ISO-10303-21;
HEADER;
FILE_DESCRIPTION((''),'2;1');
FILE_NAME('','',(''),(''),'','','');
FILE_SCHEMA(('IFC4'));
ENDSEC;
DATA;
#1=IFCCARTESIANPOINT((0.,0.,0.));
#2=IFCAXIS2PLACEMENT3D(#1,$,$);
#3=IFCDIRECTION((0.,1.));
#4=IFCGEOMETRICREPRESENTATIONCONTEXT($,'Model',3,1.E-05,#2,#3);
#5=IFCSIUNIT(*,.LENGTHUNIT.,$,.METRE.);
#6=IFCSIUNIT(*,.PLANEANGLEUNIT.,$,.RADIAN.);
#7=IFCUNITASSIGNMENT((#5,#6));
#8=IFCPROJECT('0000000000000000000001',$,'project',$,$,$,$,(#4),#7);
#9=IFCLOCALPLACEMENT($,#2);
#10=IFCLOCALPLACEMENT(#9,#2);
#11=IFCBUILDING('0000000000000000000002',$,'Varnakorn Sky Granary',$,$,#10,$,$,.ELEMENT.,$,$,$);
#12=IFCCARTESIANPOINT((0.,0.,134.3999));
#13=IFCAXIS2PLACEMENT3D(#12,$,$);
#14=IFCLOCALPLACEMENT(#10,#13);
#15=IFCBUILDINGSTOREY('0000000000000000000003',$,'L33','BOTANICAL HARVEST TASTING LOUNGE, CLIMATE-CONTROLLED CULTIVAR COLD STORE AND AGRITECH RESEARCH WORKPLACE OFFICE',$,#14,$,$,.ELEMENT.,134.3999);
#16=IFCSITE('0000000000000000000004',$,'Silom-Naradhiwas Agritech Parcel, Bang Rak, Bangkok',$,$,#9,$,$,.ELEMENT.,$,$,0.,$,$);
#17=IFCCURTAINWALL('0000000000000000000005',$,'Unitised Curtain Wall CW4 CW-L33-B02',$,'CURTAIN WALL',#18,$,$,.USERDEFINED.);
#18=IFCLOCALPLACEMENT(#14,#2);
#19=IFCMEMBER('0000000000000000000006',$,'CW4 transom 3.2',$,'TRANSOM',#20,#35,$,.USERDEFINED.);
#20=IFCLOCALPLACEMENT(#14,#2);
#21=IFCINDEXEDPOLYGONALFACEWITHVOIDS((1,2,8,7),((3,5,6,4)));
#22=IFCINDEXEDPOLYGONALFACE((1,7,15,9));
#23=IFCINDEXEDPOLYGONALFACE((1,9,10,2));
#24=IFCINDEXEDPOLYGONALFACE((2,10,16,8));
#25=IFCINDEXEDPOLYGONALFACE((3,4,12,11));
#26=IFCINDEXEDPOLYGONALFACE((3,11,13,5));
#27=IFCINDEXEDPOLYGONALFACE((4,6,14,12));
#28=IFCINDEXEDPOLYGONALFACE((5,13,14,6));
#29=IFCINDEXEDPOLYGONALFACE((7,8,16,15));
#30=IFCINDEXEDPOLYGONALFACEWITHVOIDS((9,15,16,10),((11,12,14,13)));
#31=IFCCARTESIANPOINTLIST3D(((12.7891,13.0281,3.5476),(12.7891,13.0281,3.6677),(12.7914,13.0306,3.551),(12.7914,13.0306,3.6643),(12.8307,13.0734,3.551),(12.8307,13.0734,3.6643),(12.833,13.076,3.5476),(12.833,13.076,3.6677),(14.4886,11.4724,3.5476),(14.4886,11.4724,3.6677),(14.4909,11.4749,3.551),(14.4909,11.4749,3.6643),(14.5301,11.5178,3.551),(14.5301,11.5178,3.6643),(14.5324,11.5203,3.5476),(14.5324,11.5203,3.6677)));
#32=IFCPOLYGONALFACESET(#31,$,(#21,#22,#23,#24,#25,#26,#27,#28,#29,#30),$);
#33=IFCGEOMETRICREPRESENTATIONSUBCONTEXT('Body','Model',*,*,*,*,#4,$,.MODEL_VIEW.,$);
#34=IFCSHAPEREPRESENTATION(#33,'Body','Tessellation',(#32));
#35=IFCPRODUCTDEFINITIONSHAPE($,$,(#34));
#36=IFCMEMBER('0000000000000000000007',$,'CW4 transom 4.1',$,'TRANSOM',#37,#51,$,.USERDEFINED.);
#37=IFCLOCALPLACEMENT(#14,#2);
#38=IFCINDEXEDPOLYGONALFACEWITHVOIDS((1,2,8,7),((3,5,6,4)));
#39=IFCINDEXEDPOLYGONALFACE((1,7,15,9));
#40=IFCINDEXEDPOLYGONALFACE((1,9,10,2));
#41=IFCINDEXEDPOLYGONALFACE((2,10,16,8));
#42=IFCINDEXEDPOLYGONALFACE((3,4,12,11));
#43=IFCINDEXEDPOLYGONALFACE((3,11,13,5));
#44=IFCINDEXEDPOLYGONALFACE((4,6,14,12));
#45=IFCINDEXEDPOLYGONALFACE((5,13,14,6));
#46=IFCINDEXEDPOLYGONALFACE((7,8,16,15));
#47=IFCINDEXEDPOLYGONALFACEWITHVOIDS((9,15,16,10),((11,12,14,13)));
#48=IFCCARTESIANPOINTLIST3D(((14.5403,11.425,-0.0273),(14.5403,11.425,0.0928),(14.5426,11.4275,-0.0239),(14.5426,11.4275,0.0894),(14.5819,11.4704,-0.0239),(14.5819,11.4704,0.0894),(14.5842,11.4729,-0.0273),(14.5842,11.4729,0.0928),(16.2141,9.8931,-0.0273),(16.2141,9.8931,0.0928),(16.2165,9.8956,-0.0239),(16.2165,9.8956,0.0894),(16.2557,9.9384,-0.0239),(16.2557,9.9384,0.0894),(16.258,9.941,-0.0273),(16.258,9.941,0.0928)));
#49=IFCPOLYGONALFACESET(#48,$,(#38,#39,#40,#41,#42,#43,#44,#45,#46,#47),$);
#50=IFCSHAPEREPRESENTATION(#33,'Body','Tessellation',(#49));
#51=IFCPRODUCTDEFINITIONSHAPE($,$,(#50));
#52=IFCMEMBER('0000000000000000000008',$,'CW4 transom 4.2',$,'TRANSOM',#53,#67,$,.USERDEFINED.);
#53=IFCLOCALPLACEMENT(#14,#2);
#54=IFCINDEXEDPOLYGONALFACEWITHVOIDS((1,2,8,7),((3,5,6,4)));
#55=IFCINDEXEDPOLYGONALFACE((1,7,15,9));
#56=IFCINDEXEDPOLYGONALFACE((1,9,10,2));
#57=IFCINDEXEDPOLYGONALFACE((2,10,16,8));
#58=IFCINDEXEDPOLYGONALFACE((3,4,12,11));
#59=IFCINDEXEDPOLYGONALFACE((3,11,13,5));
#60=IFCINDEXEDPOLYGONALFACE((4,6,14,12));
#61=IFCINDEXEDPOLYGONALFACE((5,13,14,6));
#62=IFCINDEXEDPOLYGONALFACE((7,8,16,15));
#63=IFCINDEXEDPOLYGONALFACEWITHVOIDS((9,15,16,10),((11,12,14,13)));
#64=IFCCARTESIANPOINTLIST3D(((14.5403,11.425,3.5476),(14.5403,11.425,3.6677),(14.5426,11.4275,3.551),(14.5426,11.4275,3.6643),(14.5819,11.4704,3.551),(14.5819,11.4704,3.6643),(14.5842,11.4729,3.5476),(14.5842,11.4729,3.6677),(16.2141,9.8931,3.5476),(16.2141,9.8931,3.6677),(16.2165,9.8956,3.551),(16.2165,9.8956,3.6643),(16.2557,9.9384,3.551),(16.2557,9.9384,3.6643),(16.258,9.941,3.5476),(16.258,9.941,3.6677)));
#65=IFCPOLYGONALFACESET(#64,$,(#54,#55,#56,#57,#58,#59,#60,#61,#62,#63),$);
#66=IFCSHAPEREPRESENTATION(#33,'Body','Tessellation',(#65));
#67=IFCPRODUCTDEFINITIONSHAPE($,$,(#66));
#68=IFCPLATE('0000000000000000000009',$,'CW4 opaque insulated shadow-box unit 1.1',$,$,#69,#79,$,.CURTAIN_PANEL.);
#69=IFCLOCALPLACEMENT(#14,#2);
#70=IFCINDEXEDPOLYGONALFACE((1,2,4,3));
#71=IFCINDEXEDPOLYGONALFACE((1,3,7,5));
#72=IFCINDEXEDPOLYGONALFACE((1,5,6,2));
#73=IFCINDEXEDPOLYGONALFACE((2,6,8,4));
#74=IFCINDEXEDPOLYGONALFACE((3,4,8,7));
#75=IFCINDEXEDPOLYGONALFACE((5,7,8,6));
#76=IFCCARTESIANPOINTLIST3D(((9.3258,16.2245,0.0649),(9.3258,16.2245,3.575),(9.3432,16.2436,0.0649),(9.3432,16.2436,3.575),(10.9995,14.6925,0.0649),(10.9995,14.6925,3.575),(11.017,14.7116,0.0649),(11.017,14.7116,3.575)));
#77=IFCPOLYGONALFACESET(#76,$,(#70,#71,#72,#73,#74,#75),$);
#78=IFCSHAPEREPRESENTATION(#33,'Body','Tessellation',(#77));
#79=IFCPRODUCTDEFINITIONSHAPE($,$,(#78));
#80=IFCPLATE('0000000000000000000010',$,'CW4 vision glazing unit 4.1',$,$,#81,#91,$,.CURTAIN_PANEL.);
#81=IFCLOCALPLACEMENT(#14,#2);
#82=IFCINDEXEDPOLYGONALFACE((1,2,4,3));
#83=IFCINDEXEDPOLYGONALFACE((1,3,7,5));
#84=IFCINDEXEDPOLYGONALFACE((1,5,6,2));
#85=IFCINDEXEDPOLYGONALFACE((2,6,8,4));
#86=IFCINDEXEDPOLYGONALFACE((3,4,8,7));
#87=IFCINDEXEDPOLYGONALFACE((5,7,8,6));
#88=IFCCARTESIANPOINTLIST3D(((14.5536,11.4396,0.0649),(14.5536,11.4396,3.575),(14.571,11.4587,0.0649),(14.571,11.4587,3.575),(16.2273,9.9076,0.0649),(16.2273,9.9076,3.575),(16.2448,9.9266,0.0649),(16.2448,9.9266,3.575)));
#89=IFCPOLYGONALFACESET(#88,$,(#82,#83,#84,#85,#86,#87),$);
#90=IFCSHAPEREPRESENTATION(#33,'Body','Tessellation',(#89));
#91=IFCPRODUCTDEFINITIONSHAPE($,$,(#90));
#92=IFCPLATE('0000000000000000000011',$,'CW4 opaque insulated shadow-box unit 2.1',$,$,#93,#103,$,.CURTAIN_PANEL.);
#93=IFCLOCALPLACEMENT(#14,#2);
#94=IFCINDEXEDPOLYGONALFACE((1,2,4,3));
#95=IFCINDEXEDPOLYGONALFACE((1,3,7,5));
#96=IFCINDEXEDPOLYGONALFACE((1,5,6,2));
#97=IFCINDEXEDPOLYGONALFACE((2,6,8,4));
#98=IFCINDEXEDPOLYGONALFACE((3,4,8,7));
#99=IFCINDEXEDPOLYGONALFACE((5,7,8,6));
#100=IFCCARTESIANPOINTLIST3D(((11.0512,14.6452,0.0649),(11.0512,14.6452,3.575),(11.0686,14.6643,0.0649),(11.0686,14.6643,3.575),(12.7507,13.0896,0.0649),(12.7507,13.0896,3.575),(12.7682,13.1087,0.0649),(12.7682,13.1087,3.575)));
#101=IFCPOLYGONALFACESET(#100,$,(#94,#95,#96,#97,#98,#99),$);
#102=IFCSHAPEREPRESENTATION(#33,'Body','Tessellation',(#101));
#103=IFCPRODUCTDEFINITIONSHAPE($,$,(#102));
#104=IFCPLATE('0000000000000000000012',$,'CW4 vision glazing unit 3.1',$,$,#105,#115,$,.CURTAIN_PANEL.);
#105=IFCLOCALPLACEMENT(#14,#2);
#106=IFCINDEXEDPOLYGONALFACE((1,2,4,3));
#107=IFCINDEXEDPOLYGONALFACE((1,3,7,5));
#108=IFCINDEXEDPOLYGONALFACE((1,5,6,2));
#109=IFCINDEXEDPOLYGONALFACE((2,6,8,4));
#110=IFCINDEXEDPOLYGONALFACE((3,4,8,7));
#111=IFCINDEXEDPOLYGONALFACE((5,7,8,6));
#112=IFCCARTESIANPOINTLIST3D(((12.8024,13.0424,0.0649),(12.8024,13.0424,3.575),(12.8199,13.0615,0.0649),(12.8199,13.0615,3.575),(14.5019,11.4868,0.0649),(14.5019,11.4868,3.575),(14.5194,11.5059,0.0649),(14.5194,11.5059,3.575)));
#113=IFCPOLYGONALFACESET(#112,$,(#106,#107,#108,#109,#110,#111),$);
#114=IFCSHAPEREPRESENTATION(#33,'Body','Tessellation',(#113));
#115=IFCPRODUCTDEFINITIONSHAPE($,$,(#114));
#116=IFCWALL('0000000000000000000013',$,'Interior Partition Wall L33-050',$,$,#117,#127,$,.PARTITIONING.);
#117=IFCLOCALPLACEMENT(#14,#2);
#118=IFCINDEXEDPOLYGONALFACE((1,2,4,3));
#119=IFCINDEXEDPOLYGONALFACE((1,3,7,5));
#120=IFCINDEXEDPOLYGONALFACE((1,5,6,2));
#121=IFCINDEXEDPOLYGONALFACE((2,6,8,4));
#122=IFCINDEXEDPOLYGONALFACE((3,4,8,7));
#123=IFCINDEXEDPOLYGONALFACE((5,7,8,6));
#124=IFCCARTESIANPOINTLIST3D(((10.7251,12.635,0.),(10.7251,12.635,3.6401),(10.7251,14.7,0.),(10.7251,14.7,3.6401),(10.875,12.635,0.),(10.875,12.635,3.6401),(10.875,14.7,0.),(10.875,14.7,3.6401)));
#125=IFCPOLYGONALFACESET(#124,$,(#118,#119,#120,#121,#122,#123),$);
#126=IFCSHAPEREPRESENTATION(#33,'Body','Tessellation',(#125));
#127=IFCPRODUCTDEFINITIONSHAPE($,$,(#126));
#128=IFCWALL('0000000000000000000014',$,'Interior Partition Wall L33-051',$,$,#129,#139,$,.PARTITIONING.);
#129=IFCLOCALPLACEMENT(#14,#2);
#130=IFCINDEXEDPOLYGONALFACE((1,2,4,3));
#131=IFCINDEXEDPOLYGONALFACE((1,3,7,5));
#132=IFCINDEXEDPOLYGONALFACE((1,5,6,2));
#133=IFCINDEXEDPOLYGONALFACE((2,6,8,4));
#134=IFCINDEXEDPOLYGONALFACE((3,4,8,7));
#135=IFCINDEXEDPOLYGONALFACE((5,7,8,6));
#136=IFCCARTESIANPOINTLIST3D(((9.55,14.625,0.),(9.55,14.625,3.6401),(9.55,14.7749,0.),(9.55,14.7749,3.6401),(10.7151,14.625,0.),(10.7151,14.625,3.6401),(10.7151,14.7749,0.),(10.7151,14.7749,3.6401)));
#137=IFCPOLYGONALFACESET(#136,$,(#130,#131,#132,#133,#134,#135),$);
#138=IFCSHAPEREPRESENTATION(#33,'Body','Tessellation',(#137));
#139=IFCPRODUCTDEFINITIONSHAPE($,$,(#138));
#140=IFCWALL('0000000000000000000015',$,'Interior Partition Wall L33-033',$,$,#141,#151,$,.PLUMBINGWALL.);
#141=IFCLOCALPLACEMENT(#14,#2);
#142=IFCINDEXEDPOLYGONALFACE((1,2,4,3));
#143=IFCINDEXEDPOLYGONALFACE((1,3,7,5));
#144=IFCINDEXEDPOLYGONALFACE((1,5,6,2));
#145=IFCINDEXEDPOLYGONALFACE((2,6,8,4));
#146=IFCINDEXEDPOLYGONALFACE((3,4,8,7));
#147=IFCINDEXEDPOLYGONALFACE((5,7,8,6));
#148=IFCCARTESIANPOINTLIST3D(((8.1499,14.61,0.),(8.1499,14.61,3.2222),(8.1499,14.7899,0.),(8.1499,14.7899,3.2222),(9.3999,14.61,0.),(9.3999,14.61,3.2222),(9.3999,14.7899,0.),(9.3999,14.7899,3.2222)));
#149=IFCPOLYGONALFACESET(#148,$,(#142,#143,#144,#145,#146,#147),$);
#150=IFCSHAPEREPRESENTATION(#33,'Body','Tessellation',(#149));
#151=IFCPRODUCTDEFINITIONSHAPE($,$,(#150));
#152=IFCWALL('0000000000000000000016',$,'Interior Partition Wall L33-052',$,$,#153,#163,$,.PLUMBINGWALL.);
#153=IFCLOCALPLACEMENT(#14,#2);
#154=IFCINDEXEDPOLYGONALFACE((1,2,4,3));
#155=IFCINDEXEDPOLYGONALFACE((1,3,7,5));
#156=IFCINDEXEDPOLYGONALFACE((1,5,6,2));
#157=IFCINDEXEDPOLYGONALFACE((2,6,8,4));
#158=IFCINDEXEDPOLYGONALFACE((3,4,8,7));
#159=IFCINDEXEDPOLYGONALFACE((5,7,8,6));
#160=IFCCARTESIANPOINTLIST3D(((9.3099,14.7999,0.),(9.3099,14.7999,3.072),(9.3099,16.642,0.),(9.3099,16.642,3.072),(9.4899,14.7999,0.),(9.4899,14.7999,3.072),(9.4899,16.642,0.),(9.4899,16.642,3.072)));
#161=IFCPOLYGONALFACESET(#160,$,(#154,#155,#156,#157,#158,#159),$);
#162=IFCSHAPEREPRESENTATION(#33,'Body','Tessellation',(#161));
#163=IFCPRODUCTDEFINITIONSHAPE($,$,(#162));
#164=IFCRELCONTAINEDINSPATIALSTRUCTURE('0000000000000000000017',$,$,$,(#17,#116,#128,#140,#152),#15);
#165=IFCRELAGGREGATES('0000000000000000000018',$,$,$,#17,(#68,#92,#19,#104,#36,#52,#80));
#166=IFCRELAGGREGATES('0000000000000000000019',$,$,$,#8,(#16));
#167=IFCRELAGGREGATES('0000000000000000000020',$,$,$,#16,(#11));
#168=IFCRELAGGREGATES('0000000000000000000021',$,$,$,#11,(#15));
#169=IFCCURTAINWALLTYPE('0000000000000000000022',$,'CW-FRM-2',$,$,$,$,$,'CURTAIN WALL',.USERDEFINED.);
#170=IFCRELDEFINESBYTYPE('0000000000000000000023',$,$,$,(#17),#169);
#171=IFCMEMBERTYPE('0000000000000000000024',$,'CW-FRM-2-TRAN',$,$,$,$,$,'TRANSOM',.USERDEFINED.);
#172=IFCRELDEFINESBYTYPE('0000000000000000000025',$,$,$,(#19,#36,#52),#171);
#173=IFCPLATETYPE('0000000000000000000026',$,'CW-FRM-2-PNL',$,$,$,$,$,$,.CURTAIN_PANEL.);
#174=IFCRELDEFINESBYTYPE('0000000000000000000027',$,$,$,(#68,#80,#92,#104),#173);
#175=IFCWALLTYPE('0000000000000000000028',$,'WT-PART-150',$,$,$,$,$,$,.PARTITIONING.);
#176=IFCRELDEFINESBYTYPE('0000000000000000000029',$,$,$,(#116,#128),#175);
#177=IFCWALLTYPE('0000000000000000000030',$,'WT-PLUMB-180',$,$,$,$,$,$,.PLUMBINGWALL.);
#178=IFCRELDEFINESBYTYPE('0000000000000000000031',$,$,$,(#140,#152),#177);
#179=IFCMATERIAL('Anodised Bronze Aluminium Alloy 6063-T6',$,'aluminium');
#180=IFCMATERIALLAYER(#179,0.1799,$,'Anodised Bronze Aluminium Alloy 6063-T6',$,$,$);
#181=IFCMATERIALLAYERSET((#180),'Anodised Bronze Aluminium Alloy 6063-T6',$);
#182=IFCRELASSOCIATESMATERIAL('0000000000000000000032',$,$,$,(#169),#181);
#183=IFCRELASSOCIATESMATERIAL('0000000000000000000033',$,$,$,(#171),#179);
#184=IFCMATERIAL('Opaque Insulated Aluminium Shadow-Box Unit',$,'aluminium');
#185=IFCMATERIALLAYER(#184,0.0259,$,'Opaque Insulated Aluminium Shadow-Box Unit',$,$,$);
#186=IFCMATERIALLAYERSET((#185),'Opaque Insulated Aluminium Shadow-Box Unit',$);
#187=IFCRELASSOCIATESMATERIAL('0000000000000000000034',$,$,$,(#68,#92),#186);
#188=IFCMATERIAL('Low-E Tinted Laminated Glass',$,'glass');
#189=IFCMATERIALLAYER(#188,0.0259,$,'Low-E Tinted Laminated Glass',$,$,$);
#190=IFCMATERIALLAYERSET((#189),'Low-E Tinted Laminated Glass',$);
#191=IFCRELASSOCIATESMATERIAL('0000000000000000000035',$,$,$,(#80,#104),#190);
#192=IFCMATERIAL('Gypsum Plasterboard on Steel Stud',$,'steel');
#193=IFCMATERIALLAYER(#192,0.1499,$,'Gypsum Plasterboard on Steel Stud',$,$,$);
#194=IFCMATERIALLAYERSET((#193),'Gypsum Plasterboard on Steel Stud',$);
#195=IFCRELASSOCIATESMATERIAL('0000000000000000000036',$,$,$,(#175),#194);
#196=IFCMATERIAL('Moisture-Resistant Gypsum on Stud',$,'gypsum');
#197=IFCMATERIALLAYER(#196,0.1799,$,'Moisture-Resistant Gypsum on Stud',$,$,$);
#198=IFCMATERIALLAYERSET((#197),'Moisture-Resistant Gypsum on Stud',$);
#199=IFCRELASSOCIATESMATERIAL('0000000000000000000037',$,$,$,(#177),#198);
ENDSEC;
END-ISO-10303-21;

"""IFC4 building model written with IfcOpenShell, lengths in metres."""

from ifc_helpers import new_model, si_unit, direction, frame, frame_2d, origin, origin_2d, place, context, subcontext, project, spatial, rectangle, hollow_rectangle, extrude, source, transform, mapped, material, layer, layer_set, material_profile, profile_set, type_object, type_shapes, element, aggregate, save


model = new_model("IFC4")

# Units and contexts
model_context = context("Model", 3, precision=1e-05, world=origin(), true_north=direction((0.0, 1.0)))
body_context = subcontext(model_context, "Body", "Model", "MODEL_VIEW")
ifc_project = project(units=[si_unit("LENGTHUNIT", "METRE"), si_unit("PLANEANGLEUNIT", "RADIAN")], contexts=[model_context])

# Site, building, storey
site_placement = place(None, origin())
site = spatial("IfcSite", under=ifc_project, at=site_placement, Name="Silom-Naradhiwas Agritech Parcel, Bang Rak, Bangkok", CompositionType="ELEMENT", RefElevation=0.0)
building_placement = place(site_placement, origin())
building = spatial("IfcBuilding", under=site, at=building_placement, Name="Varnakorn Sky Granary", CompositionType="ELEMENT")
storey_placement = place(building_placement, frame((0.0, 0.0, 134.3999)))
storey = spatial("IfcBuildingStorey", under=building, at=storey_placement, Name="L33", Description="BOTANICAL HARVEST TASTING LOUNGE, CLIMATE-CONTROLLED CULTIVAR COLD STORE AND AGRITECH RESEARCH WORKPLACE OFFICE", CompositionType="ELEMENT", Elevation=134.3999)

# Curtain wall, members, plates
ifc_material_1 = material(Name="Anodised Bronze Aluminium Alloy 6063-T6", Category="aluminium")
ifc_layer_1 = layer(ifc_material_1, 0.1799, Name="Anodised Bronze Aluminium Alloy 6063-T6")
ifc_layer_set_1 = layer_set([ifc_layer_1], Name="Anodised Bronze Aluminium Alloy 6063-T6")
curtain_wall_type = type_object("IfcCurtainWallType", Name="CW-FRM-2", ElementType="CURTAIN WALL", PredefinedType="USERDEFINED", material=ifc_layer_set_1)
curtain_wall_placement = place(storey_placement, origin())
curtain_wall = element("IfcCurtainWall", 1, at=curtain_wall_placement, inside=storey, type_object=curtain_wall_type, Name="Unitised Curtain Wall CW4 CW-L33-B02", ObjectType="CURTAIN WALL", PredefinedType="USERDEFINED")
ifc_material_profile_1 = material_profile(ifc_material_1, hollow_rectangle(XDim=0.0649, YDim=0.1201, WallThickness=0.0034, at=origin_2d()), Name="ALU TRAN 65x120")
ifc_profile_set_1 = profile_set([ifc_material_profile_1], Name="Anodised Bronze Aluminium Alloy 6063-T6")
member_type_1 = type_object("IfcMemberType", Name="CW-FRM-2-TRAN", ElementType="TRANSOM", PredefinedType="USERDEFINED", material=ifc_profile_set_1)
member_1_placement = place(storey_placement, frame((12.811, 13.052, 3.6077), z_axis=(0.737625, -0.675211, 0.0), x_axis=(0.675211, 0.737625, 0.0)))
member_1 = element("IfcMember", 2, at=member_1_placement, type_object=member_type_1, Name="CW4 transom 3.2", ObjectType="TRANSOM", PredefinedType="USERDEFINED", context=body_context, shape_type="SweptSolid", body=[
    extrude(hollow_rectangle(XDim=0.0649, YDim=0.1201, WallThickness=0.0034, at=origin_2d()), origin(), (0.0, 0.0, 1.0), 2.304),
])
member_2_placement = place(storey_placement, frame((14.5623, 11.449, 0.0327), z_axis=(0.737672, -0.675159, 0.0), x_axis=(0.675159, 0.737672, 0.0)))
member_2 = element("IfcMember", 3, at=member_2_placement, type_object=member_type_1, Name="CW4 transom 4.1", ObjectType="TRANSOM", PredefinedType="USERDEFINED", context=body_context, shape_type="SweptSolid", body=[
    extrude(hollow_rectangle(XDim=0.0649, YDim=0.1201, WallThickness=0.0034, at=origin_2d()), origin(), (0.0, 0.0, 1.0), 2.269),
])
member_3_placement = place(storey_placement, frame((14.5623, 11.449, 3.6077), z_axis=(0.737672, -0.675159, 0.0), x_axis=(0.675159, 0.737672, 0.0)))
member_3 = element("IfcMember", 4, at=member_3_placement, type_object=member_type_1, Name="CW4 transom 4.2", ObjectType="TRANSOM", PredefinedType="USERDEFINED", context=body_context, shape_type="SweptSolid", body=[
    extrude(hollow_rectangle(XDim=0.0649, YDim=0.1201, WallThickness=0.0034, at=origin_2d()), origin(), (0.0, 0.0, 1.0), 2.269),
])
ifc_material_2 = material(Name="Opaque Insulated Aluminium Shadow-Box Unit", Category="aluminium")
ifc_layer_2 = layer(ifc_material_2, 0.0259, Name="Opaque Insulated Aluminium Shadow-Box Unit")
ifc_layer_set_2 = layer_set([ifc_layer_2], Name="Opaque Insulated Aluminium Shadow-Box Unit")
plate_type = type_object("IfcPlateType", Name="CW-FRM-2-PNL", PredefinedType="CURTAIN_PANEL")
shared_shape_1 = source(origin(), body_context, "Body", "SweptSolid", [
    extrude(rectangle(XDim=2.269, YDim=0.0259, at=origin_2d()), origin(), (0.0, 0.0, 1.0), 3.51),
])
plate_1_placement = place(storey_placement, frame((10.1714, 15.468, 0.0649), z_axis=(0.0, 0.0, 1.0), x_axis=(0.737651, -0.675183, 0.0)))
plate_1 = element("IfcPlate", 5, at=plate_1_placement, type_object=plate_type, material=ifc_layer_set_2, Name="CW4 opaque insulated shadow-box unit 1.1", PredefinedType="CURTAIN_PANEL", context=body_context, shape_type="MappedRepresentation", body=[
    mapped(shared_shape_1, transform((0.0, 0.0, 0.0), x_axis=(1.0, 0.0, 0.0), y_axis=(0.0, 1.0, 0.0), z_axis=(0.0, 0.0, 1.0), scale=1.0)),
])
ifc_material_3 = material(Name="Low-E Tinted Laminated Glass", Category="glass")
ifc_layer_3 = layer(ifc_material_3, 0.0259, Name="Low-E Tinted Laminated Glass")
ifc_layer_set_3 = layer_set([ifc_layer_3], Name="Low-E Tinted Laminated Glass")
plate_2_placement = place(storey_placement, frame((15.3992, 10.6831, 0.0649), z_axis=(0.0, 0.0, 1.0), x_axis=(0.737651, -0.675183, 0.0)))
plate_2 = element("IfcPlate", 6, at=plate_2_placement, type_object=plate_type, material=ifc_layer_set_3, Name="CW4 vision glazing unit 4.1", PredefinedType="CURTAIN_PANEL", context=body_context, shape_type="MappedRepresentation", body=[
    mapped(shared_shape_1, transform((0.0, 0.0, 0.0), x_axis=(1.0, 0.0, 0.0), y_axis=(0.0, 1.0, 0.0), z_axis=(0.0, 0.0, 1.0), scale=1.0)),
])
shared_shape_2 = source(origin(), body_context, "Body", "SweptSolid", [
    extrude(rectangle(XDim=2.304, YDim=0.0259, at=origin_2d()), origin(), (0.0, 0.0, 1.0), 3.51),
])
type_shapes(plate_type, [shared_shape_1, shared_shape_2])
plate_3_placement = place(storey_placement, frame((11.9097, 13.877, 0.0649), z_axis=(0.0, 0.0, 1.0), x_axis=(0.737651, -0.675183, 0.0)))
plate_3 = element("IfcPlate", 7, at=plate_3_placement, type_object=plate_type, material=ifc_layer_set_2, Name="CW4 opaque insulated shadow-box unit 2.1", PredefinedType="CURTAIN_PANEL", context=body_context, shape_type="MappedRepresentation", body=[
    mapped(shared_shape_2, transform((0.0, 0.0, 0.0), x_axis=(1.0, 0.0, 0.0), y_axis=(0.0, 1.0, 0.0), z_axis=(0.0, 0.0, 1.0), scale=1.0)),
])
plate_4_placement = place(storey_placement, frame((13.6609, 12.2742, 0.0649), z_axis=(0.0, 0.0, 1.0), x_axis=(0.737651, -0.675183, 0.0)))
plate_4 = element("IfcPlate", 8, at=plate_4_placement, type_object=plate_type, material=ifc_layer_set_3, Name="CW4 vision glazing unit 3.1", PredefinedType="CURTAIN_PANEL", context=body_context, shape_type="MappedRepresentation", body=[
    mapped(shared_shape_2, transform((0.0, 0.0, 0.0), x_axis=(1.0, 0.0, 0.0), y_axis=(0.0, 1.0, 0.0), z_axis=(0.0, 0.0, 1.0), scale=1.0)),
])
aggregate(curtain_wall, [plate_1, plate_3, member_1, plate_4, member_2, member_3, plate_2])

# Walls
ifc_material_4 = material(Name="Gypsum Plasterboard on Steel Stud", Category="steel")
ifc_layer_4 = layer(ifc_material_4, 0.1499, Name="Gypsum Plasterboard on Steel Stud")
ifc_layer_set_4 = layer_set([ifc_layer_4], Name="Gypsum Plasterboard on Steel Stud")
wall_type_1 = type_object("IfcWallType", Name="WT-PART-150", PredefinedType="PARTITIONING", material=ifc_layer_set_4)
wall_1_placement = place(storey_placement, frame((10.8, 12.635, 0.0), z_axis=(0.0, 0.0, 1.0), x_axis=(0.0, 1.0, 0.0)))
element("IfcWall", 9, at=wall_1_placement, inside=storey, type_object=wall_type_1, Name="Interior Partition Wall L33-050", PredefinedType="PARTITIONING", context=body_context, shape_type="SweptSolid", body=[
    extrude(rectangle(XDim=2.0649, YDim=0.1499, at=frame_2d((1.0325, 0.0))), origin(), (0.0, 0.0, 1.0), 3.6401),
])
wall_2_placement = place(storey_placement, frame((10.7151, 14.7, 0.0), z_axis=(0.0, 0.0, 1.0), x_axis=(-1.0, 0.0, 0.0)))
element("IfcWall", 10, at=wall_2_placement, inside=storey, type_object=wall_type_1, Name="Interior Partition Wall L33-051", PredefinedType="PARTITIONING", context=body_context, shape_type="SweptSolid", body=[
    extrude(rectangle(XDim=1.165, YDim=0.1499, at=frame_2d((0.5825, 0.0))), origin(), (0.0, 0.0, 1.0), 3.6401),
])
ifc_material_5 = material(Name="Moisture-Resistant Gypsum on Stud", Category="gypsum")
ifc_layer_5 = layer(ifc_material_5, 0.1799, Name="Moisture-Resistant Gypsum on Stud")
ifc_layer_set_5 = layer_set([ifc_layer_5], Name="Moisture-Resistant Gypsum on Stud")
wall_type_2 = type_object("IfcWallType", Name="WT-PLUMB-180", PredefinedType="PLUMBINGWALL", material=ifc_layer_set_5)
wall_3_placement = place(storey_placement, frame((9.3999, 14.7, 0.0), z_axis=(0.0, 0.0, 1.0), x_axis=(-1.0, 0.0, 0.0)))
element("IfcWall", 11, at=wall_3_placement, inside=storey, type_object=wall_type_2, Name="Interior Partition Wall L33-033", PredefinedType="PLUMBINGWALL", context=body_context, shape_type="SweptSolid", body=[
    extrude(rectangle(XDim=1.25, YDim=0.1799, at=frame_2d((0.625, 0.0))), origin(), (0.0, 0.0, 1.0), 3.2222),
])
wall_4_placement = place(storey_placement, frame((9.3999, 14.8, 0.0), z_axis=(0.0, 0.0, 1.0), x_axis=(0.0, 1.0, 0.0)))
element("IfcWall", 12, at=wall_4_placement, inside=storey, type_object=wall_type_2, Name="Interior Partition Wall L33-052", PredefinedType="PLUMBINGWALL", context=body_context, shape_type="SweptSolid", body=[
    extrude(rectangle(XDim=1.842, YDim=0.1799, at=frame_2d((0.9209, 0.0))), origin(), (0.0, 0.0, 1.0), 3.072),
])

save(model, "model.ifc")
